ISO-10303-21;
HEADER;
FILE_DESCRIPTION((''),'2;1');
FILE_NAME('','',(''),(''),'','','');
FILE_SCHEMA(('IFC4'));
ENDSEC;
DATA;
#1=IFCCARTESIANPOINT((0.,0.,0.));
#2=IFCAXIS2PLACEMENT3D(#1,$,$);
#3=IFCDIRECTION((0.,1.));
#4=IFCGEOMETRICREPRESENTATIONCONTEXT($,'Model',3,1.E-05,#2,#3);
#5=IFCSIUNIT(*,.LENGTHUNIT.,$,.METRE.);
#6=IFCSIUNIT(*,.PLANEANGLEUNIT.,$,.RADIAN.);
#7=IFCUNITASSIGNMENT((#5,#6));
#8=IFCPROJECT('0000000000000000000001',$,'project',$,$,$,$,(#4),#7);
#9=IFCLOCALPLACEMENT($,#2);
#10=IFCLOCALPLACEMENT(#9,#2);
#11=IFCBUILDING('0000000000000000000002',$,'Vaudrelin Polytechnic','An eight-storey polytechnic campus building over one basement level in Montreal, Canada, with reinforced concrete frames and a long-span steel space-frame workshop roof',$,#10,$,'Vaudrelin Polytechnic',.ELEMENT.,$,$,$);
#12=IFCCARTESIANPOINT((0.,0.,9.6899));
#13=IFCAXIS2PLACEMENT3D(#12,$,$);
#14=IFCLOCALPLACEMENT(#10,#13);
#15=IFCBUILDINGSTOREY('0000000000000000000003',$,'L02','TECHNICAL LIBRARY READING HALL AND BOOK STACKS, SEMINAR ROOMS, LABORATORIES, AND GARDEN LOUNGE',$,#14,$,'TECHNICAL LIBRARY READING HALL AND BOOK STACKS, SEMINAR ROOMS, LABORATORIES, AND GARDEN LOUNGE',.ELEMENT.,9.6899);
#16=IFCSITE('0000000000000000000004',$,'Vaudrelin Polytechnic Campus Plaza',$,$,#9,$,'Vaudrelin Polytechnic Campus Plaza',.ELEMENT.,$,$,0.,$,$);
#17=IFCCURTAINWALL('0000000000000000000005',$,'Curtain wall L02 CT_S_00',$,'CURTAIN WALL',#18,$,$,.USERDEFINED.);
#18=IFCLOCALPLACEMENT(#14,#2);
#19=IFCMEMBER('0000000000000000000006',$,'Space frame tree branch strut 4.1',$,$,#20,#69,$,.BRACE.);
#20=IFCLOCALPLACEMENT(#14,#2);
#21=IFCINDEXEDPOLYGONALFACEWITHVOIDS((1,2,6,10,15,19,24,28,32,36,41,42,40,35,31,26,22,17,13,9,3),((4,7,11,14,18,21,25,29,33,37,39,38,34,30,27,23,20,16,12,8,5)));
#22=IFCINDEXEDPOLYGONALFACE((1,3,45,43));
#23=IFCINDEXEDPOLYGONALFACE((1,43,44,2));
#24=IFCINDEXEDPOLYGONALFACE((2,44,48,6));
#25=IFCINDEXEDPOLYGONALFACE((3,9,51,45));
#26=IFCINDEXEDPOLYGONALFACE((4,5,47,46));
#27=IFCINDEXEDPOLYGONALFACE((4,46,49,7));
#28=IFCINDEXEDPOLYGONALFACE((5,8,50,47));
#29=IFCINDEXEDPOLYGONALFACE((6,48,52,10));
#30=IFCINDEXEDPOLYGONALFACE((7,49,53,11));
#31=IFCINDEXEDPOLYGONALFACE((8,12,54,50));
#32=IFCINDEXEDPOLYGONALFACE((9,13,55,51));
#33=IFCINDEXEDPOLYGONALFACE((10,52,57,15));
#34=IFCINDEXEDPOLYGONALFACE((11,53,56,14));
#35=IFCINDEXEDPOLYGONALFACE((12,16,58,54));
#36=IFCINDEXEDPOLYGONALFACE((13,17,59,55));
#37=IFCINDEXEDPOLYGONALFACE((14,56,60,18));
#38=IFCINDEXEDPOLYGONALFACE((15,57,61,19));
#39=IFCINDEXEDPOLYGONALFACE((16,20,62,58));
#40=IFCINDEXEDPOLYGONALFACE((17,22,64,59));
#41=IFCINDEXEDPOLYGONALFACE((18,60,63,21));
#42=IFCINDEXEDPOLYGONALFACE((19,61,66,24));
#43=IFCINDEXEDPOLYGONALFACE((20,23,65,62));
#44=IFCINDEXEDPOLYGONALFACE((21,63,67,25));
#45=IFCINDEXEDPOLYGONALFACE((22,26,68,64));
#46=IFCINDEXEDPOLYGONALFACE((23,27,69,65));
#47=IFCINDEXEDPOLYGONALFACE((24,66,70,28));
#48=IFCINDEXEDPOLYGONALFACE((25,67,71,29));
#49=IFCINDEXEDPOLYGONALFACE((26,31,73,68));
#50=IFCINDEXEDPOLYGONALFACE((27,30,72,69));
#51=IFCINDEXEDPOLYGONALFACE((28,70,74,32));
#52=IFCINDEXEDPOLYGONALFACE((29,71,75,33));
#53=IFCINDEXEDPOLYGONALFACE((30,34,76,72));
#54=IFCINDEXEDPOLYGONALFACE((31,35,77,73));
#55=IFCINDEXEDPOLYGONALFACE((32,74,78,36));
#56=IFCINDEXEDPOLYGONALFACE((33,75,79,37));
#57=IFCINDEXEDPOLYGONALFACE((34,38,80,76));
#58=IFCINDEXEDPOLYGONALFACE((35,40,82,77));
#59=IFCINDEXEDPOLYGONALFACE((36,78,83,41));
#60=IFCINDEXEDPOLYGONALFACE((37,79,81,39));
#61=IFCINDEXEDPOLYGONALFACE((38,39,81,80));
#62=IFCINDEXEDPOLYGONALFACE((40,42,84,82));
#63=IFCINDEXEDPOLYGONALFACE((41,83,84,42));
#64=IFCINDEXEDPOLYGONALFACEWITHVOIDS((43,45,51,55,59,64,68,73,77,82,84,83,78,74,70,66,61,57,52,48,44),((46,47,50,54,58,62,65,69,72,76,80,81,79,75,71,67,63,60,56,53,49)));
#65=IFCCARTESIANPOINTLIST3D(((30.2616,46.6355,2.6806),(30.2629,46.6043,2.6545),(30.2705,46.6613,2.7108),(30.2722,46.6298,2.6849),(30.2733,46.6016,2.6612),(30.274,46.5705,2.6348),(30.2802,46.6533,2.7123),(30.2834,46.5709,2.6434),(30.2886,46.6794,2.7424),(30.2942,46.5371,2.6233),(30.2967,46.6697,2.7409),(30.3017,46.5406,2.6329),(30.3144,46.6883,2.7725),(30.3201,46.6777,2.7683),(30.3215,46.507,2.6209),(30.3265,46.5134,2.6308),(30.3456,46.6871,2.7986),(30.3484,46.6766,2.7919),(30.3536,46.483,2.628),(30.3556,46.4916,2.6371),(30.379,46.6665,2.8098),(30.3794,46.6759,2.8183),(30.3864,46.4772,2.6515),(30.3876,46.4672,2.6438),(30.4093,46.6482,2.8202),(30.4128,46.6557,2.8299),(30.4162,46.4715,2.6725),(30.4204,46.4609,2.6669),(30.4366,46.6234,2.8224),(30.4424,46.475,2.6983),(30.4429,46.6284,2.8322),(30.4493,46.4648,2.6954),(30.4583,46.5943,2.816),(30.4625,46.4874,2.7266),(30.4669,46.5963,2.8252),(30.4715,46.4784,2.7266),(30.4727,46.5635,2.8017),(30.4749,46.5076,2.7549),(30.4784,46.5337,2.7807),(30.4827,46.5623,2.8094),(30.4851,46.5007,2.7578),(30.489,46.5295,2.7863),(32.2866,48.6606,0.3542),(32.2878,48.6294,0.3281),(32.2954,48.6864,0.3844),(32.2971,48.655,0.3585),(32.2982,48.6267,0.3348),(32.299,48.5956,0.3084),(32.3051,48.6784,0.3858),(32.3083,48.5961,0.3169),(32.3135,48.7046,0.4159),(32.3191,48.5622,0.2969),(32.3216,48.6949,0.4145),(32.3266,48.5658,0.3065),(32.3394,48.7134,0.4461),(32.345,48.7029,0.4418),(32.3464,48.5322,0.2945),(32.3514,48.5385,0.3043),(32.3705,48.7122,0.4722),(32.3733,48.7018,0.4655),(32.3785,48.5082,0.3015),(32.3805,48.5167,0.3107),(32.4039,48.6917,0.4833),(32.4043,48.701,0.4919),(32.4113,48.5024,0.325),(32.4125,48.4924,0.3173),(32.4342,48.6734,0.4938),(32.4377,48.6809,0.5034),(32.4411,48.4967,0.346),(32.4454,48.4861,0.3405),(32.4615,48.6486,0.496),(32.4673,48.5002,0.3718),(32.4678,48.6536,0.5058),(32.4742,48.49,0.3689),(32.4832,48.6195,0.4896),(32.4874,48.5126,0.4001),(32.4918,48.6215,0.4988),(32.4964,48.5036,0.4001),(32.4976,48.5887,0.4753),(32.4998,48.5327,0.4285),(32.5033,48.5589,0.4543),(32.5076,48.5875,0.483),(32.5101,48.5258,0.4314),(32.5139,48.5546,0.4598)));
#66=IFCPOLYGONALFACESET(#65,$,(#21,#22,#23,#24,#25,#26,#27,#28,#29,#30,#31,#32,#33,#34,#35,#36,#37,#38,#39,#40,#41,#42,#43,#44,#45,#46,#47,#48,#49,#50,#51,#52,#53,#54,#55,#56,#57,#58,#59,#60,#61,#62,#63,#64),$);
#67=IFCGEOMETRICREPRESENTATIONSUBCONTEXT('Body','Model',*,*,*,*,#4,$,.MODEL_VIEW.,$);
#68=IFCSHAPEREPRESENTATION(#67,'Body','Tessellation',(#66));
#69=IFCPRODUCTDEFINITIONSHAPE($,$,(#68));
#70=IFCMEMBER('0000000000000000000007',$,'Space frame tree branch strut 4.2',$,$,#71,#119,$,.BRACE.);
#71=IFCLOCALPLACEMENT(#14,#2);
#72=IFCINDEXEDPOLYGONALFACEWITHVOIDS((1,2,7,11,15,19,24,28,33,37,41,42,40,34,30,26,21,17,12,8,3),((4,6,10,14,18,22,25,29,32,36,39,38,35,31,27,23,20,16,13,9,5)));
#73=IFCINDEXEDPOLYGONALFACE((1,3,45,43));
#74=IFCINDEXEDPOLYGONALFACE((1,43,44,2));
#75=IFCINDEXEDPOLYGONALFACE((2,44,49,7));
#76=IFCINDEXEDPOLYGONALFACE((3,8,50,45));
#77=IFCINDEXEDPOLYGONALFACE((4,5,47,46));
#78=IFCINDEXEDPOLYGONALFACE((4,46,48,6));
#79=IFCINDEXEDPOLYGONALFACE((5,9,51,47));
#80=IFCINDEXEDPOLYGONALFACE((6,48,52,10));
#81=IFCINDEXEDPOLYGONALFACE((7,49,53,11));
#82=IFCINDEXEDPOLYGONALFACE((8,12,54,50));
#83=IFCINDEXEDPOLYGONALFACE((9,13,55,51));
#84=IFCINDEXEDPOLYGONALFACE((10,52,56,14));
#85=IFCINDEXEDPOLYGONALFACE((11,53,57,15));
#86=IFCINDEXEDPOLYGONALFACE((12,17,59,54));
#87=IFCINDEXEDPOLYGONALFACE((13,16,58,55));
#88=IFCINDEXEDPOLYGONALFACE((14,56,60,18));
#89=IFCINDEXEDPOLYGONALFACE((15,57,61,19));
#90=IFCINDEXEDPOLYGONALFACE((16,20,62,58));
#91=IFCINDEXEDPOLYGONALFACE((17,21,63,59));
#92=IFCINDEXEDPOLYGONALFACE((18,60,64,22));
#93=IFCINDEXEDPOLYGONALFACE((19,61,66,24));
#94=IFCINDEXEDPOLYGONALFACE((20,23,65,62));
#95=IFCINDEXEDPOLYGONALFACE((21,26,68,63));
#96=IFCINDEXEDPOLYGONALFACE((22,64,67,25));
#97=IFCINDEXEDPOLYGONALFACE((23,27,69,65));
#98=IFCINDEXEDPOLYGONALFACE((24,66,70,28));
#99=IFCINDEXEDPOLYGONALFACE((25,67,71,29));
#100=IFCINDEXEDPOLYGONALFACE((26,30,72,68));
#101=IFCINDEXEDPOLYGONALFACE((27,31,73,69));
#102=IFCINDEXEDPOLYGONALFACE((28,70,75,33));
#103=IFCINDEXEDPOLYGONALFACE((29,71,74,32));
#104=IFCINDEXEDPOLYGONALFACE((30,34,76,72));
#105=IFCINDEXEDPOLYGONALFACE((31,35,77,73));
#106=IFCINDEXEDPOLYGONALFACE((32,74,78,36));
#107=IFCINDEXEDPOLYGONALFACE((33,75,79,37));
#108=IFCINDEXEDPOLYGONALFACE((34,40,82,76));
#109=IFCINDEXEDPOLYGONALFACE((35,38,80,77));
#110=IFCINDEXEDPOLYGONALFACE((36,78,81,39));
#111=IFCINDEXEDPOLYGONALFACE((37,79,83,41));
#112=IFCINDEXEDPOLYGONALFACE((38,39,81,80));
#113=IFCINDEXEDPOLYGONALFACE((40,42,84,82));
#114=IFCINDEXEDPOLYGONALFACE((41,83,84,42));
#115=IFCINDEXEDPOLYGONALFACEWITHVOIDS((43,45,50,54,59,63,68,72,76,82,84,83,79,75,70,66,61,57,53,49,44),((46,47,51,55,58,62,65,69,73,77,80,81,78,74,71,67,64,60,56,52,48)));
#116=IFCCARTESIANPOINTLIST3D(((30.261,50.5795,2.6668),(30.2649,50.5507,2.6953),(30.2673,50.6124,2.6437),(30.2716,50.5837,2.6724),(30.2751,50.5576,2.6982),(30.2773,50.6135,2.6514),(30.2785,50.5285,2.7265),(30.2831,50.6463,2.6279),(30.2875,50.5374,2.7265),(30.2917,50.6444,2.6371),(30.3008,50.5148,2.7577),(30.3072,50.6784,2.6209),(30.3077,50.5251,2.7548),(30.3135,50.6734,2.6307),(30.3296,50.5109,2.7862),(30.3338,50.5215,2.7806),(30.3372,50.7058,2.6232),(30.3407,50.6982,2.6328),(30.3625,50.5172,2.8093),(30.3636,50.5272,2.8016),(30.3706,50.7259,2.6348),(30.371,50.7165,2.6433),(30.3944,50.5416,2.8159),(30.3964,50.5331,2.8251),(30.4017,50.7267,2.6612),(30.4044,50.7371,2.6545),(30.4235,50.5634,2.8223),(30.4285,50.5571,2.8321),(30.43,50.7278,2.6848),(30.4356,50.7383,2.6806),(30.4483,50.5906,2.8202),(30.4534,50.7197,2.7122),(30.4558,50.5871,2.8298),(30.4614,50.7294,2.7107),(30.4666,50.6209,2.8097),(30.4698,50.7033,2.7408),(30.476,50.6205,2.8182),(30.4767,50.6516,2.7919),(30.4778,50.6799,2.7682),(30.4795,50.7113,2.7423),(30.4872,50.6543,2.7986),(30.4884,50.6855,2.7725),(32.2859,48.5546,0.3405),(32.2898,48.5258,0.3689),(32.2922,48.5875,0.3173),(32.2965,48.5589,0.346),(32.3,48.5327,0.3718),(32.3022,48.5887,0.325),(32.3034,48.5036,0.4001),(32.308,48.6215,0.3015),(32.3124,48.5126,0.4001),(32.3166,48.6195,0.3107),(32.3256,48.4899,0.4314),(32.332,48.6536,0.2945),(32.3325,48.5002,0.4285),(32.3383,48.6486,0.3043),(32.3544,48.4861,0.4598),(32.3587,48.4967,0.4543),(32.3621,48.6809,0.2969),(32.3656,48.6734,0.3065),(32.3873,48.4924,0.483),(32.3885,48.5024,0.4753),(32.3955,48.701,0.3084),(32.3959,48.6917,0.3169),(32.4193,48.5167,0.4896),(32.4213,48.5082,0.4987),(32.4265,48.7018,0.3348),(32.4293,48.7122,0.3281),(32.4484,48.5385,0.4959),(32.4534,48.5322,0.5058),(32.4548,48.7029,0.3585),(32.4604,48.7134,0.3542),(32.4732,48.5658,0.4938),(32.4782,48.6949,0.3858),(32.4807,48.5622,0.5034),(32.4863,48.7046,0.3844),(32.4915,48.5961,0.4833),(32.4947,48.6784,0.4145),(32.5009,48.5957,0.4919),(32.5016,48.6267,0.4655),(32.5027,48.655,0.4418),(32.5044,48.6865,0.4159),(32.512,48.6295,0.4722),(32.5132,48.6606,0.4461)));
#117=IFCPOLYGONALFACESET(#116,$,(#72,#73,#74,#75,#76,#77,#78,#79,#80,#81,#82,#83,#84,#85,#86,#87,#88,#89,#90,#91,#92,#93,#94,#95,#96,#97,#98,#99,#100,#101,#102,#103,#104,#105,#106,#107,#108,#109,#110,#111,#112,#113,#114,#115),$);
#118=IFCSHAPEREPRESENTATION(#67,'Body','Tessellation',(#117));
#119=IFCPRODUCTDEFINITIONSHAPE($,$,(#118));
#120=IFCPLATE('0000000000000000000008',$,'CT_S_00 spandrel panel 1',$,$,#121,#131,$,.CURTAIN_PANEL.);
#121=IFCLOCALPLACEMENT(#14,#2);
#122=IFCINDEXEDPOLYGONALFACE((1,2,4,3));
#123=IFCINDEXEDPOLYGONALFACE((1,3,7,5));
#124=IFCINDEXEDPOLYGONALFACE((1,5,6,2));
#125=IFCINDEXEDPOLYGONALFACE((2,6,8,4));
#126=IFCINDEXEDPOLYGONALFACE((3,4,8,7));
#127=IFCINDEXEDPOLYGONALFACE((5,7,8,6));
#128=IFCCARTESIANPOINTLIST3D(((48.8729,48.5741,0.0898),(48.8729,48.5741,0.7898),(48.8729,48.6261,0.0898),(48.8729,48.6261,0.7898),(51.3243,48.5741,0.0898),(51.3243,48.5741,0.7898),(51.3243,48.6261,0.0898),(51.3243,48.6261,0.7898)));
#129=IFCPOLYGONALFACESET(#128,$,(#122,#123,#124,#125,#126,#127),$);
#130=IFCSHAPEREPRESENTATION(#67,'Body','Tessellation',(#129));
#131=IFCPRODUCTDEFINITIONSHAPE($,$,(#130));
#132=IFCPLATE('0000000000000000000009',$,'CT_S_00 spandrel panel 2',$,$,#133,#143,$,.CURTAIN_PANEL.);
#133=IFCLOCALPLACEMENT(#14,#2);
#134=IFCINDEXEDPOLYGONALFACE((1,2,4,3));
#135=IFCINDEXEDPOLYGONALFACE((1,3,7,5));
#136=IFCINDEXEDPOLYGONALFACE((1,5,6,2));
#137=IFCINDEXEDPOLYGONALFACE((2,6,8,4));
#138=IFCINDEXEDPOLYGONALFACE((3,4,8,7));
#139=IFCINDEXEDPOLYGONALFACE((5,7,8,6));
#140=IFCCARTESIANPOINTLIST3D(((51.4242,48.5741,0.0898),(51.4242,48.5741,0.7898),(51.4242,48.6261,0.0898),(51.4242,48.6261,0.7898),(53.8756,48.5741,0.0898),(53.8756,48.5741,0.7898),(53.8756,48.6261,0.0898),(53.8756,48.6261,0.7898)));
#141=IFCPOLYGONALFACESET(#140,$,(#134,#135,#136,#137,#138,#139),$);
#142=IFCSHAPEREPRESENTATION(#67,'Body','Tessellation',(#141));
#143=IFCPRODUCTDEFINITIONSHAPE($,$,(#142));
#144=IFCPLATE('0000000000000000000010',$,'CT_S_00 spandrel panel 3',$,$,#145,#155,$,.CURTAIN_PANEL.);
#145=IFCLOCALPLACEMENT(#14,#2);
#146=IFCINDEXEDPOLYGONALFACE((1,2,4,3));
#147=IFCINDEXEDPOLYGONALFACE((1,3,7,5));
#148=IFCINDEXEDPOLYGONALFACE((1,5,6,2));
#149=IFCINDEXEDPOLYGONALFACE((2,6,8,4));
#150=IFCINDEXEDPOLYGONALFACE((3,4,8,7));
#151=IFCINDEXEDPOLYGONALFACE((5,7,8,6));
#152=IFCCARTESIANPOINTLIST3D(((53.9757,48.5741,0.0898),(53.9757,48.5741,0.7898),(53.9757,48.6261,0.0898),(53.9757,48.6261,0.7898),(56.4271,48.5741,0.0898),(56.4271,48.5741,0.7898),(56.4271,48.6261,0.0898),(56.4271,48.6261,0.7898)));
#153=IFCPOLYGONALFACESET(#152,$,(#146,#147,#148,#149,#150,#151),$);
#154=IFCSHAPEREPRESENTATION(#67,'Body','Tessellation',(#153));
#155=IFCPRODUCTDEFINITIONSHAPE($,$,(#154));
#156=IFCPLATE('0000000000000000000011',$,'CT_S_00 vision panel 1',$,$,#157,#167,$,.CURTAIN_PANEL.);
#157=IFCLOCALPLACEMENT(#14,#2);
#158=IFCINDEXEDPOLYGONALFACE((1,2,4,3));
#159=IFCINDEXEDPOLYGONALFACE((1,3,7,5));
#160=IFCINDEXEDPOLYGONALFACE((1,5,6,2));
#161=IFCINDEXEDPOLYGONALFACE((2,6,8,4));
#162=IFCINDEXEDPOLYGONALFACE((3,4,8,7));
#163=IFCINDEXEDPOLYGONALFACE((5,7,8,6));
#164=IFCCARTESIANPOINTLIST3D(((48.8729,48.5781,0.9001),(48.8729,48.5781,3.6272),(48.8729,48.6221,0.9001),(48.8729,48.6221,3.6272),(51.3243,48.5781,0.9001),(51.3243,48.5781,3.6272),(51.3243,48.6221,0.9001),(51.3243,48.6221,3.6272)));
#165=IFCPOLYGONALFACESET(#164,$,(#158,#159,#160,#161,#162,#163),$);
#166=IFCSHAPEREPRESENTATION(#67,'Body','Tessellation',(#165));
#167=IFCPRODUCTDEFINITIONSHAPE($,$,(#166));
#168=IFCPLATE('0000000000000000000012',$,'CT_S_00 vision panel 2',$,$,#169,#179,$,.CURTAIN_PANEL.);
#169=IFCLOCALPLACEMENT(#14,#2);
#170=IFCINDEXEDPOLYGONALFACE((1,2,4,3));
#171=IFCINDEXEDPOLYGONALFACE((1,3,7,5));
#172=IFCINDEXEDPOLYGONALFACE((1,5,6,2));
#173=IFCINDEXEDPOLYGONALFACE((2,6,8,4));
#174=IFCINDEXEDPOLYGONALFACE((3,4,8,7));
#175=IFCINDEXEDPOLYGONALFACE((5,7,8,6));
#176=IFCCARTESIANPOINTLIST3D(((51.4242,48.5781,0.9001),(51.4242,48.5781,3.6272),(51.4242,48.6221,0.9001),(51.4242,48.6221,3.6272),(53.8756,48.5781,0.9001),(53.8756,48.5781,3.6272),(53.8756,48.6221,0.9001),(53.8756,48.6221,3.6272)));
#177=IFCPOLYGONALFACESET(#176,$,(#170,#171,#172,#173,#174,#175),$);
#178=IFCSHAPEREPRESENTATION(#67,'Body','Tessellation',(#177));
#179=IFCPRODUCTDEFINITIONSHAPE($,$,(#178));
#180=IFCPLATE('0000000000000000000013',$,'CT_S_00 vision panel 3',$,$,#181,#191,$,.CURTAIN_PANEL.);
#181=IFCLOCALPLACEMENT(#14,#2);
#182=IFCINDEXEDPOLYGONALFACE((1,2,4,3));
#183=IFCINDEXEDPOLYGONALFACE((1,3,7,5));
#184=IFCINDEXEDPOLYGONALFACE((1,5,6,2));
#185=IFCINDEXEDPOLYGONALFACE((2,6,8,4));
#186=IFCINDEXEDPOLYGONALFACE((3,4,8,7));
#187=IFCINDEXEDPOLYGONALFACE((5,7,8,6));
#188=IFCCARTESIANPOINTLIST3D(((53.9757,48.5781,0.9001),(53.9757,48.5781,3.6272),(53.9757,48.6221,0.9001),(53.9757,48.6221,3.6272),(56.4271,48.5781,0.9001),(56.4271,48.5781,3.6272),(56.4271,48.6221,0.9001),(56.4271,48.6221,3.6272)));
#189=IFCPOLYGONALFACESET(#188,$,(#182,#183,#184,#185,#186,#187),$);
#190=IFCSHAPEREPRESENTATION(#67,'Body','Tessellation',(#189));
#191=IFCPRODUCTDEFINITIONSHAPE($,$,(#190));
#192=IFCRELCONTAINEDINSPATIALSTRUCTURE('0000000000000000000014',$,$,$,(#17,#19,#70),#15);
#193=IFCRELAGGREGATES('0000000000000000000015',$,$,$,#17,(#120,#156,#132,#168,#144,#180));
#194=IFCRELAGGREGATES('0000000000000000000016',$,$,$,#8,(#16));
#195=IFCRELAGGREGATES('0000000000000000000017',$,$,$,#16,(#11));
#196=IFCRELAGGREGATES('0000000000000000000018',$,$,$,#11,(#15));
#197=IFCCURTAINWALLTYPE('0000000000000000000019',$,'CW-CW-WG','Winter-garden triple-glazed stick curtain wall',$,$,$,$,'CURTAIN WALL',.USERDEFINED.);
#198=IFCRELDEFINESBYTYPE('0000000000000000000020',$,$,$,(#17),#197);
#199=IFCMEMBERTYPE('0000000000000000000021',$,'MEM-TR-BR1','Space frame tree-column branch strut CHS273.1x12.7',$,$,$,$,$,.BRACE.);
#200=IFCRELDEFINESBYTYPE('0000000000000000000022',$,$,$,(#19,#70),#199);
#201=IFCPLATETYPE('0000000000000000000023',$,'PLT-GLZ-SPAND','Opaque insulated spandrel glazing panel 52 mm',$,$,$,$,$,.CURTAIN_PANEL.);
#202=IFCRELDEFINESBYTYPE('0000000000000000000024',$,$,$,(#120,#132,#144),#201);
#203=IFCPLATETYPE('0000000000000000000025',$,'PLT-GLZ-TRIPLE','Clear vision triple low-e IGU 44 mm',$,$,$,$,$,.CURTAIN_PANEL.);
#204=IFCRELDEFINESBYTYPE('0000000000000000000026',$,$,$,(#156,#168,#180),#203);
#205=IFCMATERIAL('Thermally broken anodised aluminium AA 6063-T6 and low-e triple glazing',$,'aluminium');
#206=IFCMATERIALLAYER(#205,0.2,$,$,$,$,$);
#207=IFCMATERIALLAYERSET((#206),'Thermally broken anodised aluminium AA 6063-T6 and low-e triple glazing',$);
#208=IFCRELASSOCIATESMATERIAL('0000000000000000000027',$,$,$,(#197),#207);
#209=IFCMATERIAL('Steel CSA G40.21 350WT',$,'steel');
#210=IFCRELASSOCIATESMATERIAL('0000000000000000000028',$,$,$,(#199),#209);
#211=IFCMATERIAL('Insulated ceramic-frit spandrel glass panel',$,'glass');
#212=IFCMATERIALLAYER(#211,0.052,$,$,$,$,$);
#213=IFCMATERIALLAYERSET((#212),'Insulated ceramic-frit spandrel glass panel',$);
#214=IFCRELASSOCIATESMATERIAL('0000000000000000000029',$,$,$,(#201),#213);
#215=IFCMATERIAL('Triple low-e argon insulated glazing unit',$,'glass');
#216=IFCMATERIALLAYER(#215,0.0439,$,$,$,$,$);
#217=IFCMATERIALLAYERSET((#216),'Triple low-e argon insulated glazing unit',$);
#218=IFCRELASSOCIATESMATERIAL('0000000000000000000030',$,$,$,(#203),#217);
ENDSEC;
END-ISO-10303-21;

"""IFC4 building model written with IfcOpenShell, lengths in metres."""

from ifc_helpers import new_model, si_unit, direction, frame, origin, origin_2d, place, context, subcontext, project, spatial, rectangle, hollow_circle, extrude, material, layer, layer_set, material_profile, profile_set, type_object, element, aggregate, save


model = new_model("IFC4")

# Units and contexts
model_context = context("Model", 3, precision=1e-05, world=origin(), true_north=direction((0.0, 1.0)))
body_context = subcontext(model_context, "Body", "Model", "MODEL_VIEW")
ifc_project = project(units=[si_unit("LENGTHUNIT", "METRE"), si_unit("PLANEANGLEUNIT", "RADIAN")], contexts=[model_context])

# Site, building, storey
site_placement = place(None, origin())
site = spatial("IfcSite", under=ifc_project, at=site_placement, Name="Vaudrelin Polytechnic Campus Plaza", LongName="Vaudrelin Polytechnic Campus Plaza", CompositionType="ELEMENT", RefElevation=0.0)
building_placement = place(site_placement, origin())
building = spatial("IfcBuilding", under=site, at=building_placement, Name="Vaudrelin Polytechnic", Description="An eight-storey polytechnic campus building over one basement level in Montreal, Canada, with reinforced concrete frames and a long-span steel space-frame workshop roof", LongName="Vaudrelin Polytechnic", CompositionType="ELEMENT")
storey_placement = place(building_placement, frame((0.0, 0.0, 9.6899)))
storey = spatial("IfcBuildingStorey", under=building, at=storey_placement, Name="L02", Description="TECHNICAL LIBRARY READING HALL AND BOOK STACKS, SEMINAR ROOMS, LABORATORIES, AND GARDEN LOUNGE", LongName="TECHNICAL LIBRARY READING HALL AND BOOK STACKS, SEMINAR ROOMS, LABORATORIES, AND GARDEN LOUNGE", CompositionType="ELEMENT", Elevation=9.6899)

# Shared definitions
ifc_material_1 = material(Name="Steel CSA G40.21 350WT", Category="steel")

# Curtain wall
ifc_material_2 = material(Name="Thermally broken anodised aluminium AA 6063-T6 and low-e triple glazing", Category="aluminium")
ifc_layer_1 = layer(ifc_material_2, 0.2)
ifc_layer_set_1 = layer_set([ifc_layer_1], Name="Thermally broken anodised aluminium AA 6063-T6 and low-e triple glazing")
curtain_wall_type = type_object("IfcCurtainWallType", Name="CW-CW-WG", Description="Winter-garden triple-glazed stick curtain wall", ElementType="CURTAIN WALL", PredefinedType="USERDEFINED", material=ifc_layer_set_1)
curtain_wall_1_placement = place(storey_placement, origin())
curtain_wall_1 = element("IfcCurtainWall", 1, at=curtain_wall_1_placement, inside=storey, type_object=curtain_wall_type, Name="Curtain wall L02 CT_S_00", ObjectType="CURTAIN WALL", PredefinedType="USERDEFINED")

# Members
ifc_material_profile_1 = material_profile(ifc_material_1, hollow_circle(Radius=0.1365, WallThickness=0.0127, at=origin_2d()), Name="CHS273.1x12.7")
ifc_profile_set_1 = profile_set([ifc_material_profile_1], Name="Steel CSA G40.21 350WT")
member_type_1 = type_object("IfcMemberType", Name="MEM-TR-BR1", Description="Space frame tree-column branch strut CHS273.1x12.7", PredefinedType="BRACE", material=ifc_profile_set_1)
member_1_placement = place(storey_placement, frame((32.3999, 48.6001, 0.4001), z_axis=(-0.548803, -0.548869, 0.630522), x_axis=(0.707149, -0.707064, 0.0)))
element("IfcMember", 2, at=member_1_placement, inside=storey, type_object=member_type_1, Name="Space frame tree branch strut 4.1", PredefinedType="BRACE", context=body_context, shape_type="SweptSolid", body=[
    extrude(hollow_circle(Radius=0.1365, WallThickness=0.0127, at=origin_2d()), origin(), (0.0, 0.0, 1.0), 3.6897),
])
member_2_placement = place(storey_placement, frame((32.3999, 48.6001, 0.4001), z_axis=(-0.548823, 0.548823, 0.630544), x_axis=(-0.707107, -0.707107, 0.0)))
element("IfcMember", 3, at=member_2_placement, inside=storey, type_object=member_type_1, Name="Space frame tree branch strut 4.2", PredefinedType="BRACE", context=body_context, shape_type="SweptSolid", body=[
    extrude(hollow_circle(Radius=0.1365, WallThickness=0.0127, at=origin_2d()), origin(), (0.0, 0.0, 1.0), 3.6895),
])

# Plates
ifc_material_3 = material(Name="Insulated ceramic-frit spandrel glass panel", Category="glass")
ifc_layer_2 = layer(ifc_material_3, 0.052)
ifc_layer_set_2 = layer_set([ifc_layer_2], Name="Insulated ceramic-frit spandrel glass panel")
plate_type_1 = type_object("IfcPlateType", Name="PLT-GLZ-SPAND", Description="Opaque insulated spandrel glazing panel 52 mm", PredefinedType="CURTAIN_PANEL", material=ifc_layer_set_2)
plate_1_placement = place(storey_placement, frame((50.0986, 48.6001, 0.0898), z_axis=(0.0, 0.0, 1.0), x_axis=(1.0, 0.0, 0.0)))
plate_1 = element("IfcPlate", 4, at=plate_1_placement, type_object=plate_type_1, Name="CT_S_00 spandrel panel 1", PredefinedType="CURTAIN_PANEL", context=body_context, shape_type="SweptSolid", body=[
    extrude(rectangle(XDim=2.4514, YDim=0.052, at=origin_2d()), origin(), (0.0, 0.0, 1.0), 0.7),
])
plate_2_placement = place(storey_placement, frame((52.6499, 48.6001, 0.0898), z_axis=(0.0, 0.0, 1.0), x_axis=(1.0, 0.0, 0.0)))
plate_2 = element("IfcPlate", 5, at=plate_2_placement, type_object=plate_type_1, Name="CT_S_00 spandrel panel 2", PredefinedType="CURTAIN_PANEL", context=body_context, shape_type="SweptSolid", body=[
    extrude(rectangle(XDim=2.4514, YDim=0.052, at=origin_2d()), origin(), (0.0, 0.0, 1.0), 0.7),
])
plate_3_placement = place(storey_placement, frame((55.2014, 48.6001, 0.0898), z_axis=(0.0, 0.0, 1.0), x_axis=(1.0, 0.0, 0.0)))
plate_3 = element("IfcPlate", 6, at=plate_3_placement, type_object=plate_type_1, Name="CT_S_00 spandrel panel 3", PredefinedType="CURTAIN_PANEL", context=body_context, shape_type="SweptSolid", body=[
    extrude(rectangle(XDim=2.4514, YDim=0.052, at=origin_2d()), origin(), (0.0, 0.0, 1.0), 0.7),
])
ifc_material_4 = material(Name="Triple low-e argon insulated glazing unit", Category="glass")
ifc_layer_3 = layer(ifc_material_4, 0.0439)
ifc_layer_set_3 = layer_set([ifc_layer_3], Name="Triple low-e argon insulated glazing unit")
plate_type_2 = type_object("IfcPlateType", Name="PLT-GLZ-TRIPLE", Description="Clear vision triple low-e IGU 44 mm", PredefinedType="CURTAIN_PANEL", material=ifc_layer_set_3)
plate_4_placement = place(storey_placement, frame((50.0986, 48.6001, 0.9001), z_axis=(0.0, 0.0, 1.0), x_axis=(1.0, 0.0, 0.0)))
plate_4 = element("IfcPlate", 7, at=plate_4_placement, type_object=plate_type_2, Name="CT_S_00 vision panel 1", PredefinedType="CURTAIN_PANEL", context=body_context, shape_type="SweptSolid", body=[
    extrude(rectangle(XDim=2.4514, YDim=0.0439, at=origin_2d()), origin(), (0.0, 0.0, 1.0), 2.7271),
])
plate_5_placement = place(storey_placement, frame((52.6499, 48.6001, 0.9001), z_axis=(0.0, 0.0, 1.0), x_axis=(1.0, 0.0, 0.0)))
plate_5 = element("IfcPlate", 8, at=plate_5_placement, type_object=plate_type_2, Name="CT_S_00 vision panel 2", PredefinedType="CURTAIN_PANEL", context=body_context, shape_type="SweptSolid", body=[
    extrude(rectangle(XDim=2.4514, YDim=0.0439, at=origin_2d()), origin(), (0.0, 0.0, 1.0), 2.7271),
])
plate_6_placement = place(storey_placement, frame((55.2014, 48.6001, 0.9001), z_axis=(0.0, 0.0, 1.0), x_axis=(1.0, 0.0, 0.0)))
plate_6 = element("IfcPlate", 9, at=plate_6_placement, type_object=plate_type_2, Name="CT_S_00 vision panel 3", PredefinedType="CURTAIN_PANEL", context=body_context, shape_type="SweptSolid", body=[
    extrude(rectangle(XDim=2.4514, YDim=0.0439, at=origin_2d()), origin(), (0.0, 0.0, 1.0), 2.7271),
])
aggregate(curtain_wall_1, [plate_1, plate_4, plate_2, plate_5, plate_3, plate_6])

save(model, "model.ifc")
